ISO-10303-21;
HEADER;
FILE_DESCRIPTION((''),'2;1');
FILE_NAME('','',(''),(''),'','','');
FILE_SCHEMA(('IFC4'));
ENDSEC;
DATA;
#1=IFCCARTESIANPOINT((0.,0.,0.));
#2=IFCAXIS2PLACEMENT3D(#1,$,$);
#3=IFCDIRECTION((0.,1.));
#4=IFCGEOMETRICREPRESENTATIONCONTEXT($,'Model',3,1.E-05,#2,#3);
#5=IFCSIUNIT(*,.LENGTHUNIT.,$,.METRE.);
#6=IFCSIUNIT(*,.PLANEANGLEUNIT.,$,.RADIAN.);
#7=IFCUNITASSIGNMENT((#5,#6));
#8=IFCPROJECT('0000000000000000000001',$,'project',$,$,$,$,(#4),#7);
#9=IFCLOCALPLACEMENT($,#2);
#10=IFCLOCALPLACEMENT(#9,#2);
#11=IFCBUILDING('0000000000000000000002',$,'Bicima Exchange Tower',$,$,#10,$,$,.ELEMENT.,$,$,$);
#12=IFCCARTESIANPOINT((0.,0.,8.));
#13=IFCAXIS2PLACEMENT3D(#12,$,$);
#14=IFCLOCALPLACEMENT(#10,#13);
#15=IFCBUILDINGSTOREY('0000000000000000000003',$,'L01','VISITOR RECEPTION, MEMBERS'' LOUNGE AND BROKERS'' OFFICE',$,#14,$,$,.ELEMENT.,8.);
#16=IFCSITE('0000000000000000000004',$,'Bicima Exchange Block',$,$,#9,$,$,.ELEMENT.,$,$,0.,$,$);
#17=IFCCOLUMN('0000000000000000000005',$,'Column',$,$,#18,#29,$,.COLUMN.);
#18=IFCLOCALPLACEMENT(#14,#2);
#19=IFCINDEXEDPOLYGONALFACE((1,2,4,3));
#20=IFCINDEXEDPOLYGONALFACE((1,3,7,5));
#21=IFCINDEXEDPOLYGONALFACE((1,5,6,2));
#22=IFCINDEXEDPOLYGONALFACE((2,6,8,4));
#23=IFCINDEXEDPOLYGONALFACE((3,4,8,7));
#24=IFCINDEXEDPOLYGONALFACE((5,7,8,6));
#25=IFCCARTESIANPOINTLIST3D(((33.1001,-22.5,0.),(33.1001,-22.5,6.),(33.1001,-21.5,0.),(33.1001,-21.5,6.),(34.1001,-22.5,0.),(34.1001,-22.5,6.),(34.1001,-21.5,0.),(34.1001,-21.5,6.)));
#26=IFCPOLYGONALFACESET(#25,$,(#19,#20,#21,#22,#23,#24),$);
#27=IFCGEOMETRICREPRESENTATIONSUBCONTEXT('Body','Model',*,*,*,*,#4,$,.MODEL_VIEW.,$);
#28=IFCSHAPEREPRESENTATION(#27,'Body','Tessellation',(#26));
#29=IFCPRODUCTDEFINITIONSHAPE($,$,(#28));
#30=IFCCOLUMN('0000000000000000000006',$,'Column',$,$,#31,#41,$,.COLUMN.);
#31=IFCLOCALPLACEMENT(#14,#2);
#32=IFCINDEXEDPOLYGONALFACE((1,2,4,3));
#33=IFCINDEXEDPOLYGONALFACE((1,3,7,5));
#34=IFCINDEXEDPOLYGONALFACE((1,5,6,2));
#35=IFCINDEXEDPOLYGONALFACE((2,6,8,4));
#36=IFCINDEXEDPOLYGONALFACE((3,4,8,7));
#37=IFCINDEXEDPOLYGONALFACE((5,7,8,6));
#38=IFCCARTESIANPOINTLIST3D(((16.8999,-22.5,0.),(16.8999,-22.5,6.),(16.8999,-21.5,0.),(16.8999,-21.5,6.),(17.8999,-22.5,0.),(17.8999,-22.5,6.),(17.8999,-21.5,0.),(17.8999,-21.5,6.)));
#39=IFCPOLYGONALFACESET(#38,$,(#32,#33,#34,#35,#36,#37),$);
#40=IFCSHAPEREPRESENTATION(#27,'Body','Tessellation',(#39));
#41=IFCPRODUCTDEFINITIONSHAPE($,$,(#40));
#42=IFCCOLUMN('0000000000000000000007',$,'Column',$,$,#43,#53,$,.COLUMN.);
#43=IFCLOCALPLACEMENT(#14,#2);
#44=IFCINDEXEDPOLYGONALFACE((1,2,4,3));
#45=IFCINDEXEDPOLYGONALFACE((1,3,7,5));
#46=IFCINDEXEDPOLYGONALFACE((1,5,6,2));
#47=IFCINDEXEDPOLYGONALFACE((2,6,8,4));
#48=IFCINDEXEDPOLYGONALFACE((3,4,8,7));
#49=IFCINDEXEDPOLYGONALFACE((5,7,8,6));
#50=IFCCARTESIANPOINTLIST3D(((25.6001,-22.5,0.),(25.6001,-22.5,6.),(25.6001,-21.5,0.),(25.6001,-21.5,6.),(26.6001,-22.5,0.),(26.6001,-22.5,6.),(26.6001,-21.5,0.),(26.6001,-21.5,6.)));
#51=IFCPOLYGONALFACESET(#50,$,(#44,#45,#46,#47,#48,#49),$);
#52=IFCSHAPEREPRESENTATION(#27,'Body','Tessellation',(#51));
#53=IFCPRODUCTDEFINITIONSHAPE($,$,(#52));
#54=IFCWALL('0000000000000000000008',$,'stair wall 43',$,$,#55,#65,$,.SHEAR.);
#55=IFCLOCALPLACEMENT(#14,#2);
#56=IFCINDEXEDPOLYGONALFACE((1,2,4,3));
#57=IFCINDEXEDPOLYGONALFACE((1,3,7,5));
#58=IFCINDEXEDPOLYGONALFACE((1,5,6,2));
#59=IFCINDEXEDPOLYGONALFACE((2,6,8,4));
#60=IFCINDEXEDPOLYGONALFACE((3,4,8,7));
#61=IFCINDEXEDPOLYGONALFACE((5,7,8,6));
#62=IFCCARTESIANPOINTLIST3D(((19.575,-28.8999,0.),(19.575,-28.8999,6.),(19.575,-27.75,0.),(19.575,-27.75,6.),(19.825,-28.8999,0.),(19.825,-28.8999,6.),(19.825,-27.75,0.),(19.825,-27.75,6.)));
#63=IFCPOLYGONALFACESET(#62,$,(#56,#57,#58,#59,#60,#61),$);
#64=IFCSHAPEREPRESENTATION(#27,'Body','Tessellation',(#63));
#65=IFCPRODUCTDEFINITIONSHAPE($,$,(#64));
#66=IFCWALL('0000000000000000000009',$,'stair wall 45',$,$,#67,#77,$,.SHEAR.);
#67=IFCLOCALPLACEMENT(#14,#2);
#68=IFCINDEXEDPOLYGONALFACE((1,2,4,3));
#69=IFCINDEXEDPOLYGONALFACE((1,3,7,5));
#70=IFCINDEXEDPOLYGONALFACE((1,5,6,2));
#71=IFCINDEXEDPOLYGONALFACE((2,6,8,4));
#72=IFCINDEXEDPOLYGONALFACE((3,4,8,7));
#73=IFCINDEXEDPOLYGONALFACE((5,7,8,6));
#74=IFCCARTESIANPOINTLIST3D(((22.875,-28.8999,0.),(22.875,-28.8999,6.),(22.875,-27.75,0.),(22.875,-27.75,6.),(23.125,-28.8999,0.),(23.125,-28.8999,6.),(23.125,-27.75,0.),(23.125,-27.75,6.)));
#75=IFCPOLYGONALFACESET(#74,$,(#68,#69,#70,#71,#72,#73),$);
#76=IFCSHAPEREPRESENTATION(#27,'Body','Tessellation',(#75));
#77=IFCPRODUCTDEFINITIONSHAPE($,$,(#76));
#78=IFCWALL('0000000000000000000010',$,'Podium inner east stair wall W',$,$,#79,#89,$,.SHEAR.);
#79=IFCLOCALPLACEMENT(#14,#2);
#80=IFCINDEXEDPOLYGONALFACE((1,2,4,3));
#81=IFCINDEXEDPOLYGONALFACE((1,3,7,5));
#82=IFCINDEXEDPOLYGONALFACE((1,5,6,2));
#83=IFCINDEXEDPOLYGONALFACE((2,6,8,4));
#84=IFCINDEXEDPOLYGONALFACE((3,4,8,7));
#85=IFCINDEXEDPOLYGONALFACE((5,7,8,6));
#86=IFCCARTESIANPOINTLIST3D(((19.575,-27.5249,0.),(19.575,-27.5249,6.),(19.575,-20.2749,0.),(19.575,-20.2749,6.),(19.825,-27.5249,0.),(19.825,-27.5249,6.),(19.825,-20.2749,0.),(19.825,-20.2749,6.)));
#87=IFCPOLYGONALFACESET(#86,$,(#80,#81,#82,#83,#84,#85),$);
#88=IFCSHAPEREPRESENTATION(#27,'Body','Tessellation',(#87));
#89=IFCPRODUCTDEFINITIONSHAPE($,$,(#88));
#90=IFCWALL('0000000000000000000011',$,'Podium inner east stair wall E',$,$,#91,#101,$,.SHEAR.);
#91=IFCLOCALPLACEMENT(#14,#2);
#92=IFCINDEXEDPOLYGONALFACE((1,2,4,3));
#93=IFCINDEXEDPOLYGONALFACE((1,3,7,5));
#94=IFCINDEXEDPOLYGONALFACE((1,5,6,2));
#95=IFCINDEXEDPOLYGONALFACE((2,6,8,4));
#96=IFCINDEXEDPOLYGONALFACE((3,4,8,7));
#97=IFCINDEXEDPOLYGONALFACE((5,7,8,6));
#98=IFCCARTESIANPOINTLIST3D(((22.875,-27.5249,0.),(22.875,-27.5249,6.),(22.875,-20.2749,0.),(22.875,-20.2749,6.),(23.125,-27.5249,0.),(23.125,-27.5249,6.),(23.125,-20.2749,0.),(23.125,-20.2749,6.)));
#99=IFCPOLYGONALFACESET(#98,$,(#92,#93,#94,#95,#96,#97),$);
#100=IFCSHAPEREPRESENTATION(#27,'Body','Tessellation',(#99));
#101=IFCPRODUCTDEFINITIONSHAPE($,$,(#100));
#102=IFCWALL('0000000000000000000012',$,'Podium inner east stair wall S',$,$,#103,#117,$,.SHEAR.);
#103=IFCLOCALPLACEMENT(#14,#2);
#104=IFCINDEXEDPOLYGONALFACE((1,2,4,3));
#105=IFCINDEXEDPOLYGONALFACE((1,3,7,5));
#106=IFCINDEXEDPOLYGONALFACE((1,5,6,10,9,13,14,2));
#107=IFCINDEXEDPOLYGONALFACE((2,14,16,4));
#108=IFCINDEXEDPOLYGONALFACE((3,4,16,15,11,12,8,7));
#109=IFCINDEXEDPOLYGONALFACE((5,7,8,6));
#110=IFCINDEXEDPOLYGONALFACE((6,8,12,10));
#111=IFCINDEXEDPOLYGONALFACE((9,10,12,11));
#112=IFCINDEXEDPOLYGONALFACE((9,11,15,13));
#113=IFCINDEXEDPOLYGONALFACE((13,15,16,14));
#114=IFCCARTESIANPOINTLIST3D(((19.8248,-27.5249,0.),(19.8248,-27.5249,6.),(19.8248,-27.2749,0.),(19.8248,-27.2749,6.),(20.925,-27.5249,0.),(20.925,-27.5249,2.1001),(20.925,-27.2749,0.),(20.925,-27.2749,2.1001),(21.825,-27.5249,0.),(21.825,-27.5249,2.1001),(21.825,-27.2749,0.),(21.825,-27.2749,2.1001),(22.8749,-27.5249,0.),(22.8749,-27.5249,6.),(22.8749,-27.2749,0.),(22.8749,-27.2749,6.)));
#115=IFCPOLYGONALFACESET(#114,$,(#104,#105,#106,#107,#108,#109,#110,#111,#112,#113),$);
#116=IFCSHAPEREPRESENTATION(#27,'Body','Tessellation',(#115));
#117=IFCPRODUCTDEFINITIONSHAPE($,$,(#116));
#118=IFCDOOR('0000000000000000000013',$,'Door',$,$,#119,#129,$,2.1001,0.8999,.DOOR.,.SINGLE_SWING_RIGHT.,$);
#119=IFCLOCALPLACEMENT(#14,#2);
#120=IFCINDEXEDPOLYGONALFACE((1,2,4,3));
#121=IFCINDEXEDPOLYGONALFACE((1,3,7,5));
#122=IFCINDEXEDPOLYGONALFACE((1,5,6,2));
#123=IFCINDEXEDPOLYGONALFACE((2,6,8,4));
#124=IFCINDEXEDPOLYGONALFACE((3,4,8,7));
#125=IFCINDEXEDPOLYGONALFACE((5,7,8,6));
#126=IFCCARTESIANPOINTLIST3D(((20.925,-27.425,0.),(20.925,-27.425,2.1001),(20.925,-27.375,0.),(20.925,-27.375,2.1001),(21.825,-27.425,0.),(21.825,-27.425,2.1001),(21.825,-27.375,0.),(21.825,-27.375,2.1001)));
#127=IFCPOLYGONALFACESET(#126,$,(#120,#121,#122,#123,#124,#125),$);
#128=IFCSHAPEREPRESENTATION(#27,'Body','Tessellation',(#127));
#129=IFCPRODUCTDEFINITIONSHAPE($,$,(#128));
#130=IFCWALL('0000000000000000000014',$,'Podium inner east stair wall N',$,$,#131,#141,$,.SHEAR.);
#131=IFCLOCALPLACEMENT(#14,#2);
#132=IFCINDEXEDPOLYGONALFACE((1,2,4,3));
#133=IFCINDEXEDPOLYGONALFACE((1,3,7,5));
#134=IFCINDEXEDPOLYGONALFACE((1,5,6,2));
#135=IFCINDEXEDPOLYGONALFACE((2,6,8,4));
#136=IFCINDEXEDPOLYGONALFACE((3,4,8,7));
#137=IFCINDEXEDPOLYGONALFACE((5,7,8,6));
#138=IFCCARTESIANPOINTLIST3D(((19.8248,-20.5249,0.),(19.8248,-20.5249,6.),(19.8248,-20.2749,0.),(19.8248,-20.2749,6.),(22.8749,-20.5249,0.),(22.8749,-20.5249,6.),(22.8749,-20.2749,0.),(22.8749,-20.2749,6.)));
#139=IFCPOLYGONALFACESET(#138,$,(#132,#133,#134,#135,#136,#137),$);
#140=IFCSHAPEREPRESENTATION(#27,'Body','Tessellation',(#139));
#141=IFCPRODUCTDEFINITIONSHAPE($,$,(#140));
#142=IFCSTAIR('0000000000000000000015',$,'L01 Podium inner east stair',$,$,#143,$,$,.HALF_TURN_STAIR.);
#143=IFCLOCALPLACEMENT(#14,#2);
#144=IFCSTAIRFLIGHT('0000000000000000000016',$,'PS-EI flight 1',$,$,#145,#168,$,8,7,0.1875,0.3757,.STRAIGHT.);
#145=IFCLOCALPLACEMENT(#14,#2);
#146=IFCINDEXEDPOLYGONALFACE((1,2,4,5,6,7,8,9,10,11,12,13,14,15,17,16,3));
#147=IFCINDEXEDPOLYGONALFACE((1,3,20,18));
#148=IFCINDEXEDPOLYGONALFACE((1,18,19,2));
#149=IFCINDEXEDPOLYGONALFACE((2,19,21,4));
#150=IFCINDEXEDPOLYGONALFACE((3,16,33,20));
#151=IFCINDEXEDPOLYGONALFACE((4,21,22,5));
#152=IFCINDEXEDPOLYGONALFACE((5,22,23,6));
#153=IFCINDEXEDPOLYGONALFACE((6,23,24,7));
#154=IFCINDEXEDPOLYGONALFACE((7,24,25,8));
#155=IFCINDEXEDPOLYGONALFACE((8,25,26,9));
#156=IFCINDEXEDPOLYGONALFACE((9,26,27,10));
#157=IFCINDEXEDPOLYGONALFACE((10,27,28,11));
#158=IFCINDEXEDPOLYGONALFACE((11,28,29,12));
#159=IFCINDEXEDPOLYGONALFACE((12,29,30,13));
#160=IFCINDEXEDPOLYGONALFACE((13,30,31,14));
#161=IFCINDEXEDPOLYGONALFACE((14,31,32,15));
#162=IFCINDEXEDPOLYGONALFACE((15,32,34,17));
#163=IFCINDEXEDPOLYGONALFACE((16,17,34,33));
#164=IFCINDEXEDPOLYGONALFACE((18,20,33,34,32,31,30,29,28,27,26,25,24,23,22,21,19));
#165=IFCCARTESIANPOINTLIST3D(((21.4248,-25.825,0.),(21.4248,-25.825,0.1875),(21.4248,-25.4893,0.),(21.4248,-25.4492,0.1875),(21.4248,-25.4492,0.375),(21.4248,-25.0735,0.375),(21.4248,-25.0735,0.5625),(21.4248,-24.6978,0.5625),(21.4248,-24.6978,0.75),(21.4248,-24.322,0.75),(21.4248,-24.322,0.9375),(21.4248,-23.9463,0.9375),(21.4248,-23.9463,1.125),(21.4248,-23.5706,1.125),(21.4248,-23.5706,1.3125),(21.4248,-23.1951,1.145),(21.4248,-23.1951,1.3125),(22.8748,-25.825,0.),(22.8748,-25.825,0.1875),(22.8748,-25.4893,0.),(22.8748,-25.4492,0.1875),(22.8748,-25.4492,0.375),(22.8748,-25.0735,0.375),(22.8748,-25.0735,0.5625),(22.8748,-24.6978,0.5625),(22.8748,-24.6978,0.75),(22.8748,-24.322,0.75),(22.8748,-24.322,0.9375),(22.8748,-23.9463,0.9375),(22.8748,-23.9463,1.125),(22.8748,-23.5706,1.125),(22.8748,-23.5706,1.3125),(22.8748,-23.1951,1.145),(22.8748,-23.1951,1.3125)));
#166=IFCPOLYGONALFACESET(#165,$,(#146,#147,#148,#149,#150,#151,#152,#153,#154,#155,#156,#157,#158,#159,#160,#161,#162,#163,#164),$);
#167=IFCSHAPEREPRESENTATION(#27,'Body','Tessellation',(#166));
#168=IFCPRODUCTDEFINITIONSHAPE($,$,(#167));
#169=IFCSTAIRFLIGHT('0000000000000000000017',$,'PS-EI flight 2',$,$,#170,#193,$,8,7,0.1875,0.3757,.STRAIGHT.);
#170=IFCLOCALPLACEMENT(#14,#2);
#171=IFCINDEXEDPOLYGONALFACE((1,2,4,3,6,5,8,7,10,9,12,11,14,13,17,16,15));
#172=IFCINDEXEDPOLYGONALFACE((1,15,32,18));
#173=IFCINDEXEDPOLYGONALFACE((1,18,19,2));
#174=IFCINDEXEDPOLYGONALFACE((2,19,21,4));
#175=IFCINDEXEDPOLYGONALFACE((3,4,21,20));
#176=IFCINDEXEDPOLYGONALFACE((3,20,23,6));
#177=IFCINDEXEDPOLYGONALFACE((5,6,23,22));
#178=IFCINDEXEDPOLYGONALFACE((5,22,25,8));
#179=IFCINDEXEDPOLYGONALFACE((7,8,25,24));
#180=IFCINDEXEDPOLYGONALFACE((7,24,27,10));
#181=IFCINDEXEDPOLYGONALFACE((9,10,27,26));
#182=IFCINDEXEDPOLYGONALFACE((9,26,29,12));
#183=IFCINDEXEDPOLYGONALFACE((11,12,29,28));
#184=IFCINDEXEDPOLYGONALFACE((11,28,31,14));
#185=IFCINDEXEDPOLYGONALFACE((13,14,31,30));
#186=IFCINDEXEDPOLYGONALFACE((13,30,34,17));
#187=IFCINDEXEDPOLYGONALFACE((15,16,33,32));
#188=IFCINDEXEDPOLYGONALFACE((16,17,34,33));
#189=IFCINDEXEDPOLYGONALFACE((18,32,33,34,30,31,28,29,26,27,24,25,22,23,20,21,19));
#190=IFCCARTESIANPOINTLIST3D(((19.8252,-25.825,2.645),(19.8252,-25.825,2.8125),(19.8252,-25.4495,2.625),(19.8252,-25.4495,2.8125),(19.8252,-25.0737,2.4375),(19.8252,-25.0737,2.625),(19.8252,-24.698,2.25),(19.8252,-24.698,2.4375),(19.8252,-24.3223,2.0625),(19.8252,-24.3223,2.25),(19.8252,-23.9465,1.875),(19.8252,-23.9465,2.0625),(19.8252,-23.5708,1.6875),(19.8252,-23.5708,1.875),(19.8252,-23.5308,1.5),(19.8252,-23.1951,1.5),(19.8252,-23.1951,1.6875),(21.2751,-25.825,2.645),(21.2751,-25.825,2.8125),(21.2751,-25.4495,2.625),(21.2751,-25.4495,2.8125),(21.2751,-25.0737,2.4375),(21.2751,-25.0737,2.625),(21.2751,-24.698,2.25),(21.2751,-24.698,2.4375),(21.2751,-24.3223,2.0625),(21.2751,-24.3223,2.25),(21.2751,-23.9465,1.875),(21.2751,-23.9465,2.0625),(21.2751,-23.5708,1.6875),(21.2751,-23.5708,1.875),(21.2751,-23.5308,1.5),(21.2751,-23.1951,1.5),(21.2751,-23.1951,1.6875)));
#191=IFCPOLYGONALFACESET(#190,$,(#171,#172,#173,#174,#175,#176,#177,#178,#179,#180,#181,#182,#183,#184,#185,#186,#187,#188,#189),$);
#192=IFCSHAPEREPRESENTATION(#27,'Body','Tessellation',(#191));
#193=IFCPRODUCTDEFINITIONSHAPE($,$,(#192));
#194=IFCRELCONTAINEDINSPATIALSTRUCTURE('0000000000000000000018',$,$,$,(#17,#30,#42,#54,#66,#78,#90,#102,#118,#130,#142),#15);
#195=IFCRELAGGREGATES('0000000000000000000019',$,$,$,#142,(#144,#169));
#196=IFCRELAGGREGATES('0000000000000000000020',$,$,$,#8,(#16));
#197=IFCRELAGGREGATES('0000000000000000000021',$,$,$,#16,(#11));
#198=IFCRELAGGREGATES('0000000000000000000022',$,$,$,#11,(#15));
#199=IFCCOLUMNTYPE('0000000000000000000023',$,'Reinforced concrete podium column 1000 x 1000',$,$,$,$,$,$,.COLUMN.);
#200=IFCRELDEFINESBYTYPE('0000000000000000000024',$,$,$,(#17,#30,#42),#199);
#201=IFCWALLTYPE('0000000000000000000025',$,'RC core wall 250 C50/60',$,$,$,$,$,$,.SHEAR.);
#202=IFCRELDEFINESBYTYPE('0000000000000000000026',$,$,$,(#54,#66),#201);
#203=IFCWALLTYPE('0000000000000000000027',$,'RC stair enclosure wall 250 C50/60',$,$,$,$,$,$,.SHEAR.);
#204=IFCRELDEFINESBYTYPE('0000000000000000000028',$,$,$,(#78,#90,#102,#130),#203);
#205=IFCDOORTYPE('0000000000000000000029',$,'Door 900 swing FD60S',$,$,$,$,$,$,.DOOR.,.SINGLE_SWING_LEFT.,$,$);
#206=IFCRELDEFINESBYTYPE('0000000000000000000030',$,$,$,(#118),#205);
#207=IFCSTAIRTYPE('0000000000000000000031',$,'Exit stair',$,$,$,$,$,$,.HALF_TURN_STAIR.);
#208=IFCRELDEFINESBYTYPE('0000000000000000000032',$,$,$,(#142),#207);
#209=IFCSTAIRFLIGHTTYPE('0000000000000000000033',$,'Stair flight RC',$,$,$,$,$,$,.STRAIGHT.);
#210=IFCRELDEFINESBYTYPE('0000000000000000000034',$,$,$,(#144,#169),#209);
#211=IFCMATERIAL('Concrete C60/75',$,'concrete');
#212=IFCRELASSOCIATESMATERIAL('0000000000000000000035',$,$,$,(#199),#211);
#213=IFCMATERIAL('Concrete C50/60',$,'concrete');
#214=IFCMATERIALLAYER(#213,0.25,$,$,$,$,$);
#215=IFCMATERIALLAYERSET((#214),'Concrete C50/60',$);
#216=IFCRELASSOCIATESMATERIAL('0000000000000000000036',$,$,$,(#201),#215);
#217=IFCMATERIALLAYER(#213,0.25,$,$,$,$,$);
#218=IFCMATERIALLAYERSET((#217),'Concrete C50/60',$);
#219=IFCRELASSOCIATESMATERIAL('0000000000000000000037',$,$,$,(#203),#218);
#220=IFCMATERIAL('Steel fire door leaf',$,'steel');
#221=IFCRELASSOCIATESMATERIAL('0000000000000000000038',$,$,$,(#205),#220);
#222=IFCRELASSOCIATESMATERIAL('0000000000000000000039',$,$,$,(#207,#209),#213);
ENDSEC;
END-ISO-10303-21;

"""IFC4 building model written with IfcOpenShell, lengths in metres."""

from ifc_helpers import new_model, si_unit, direction, frame, frame_2d, origin, origin_2d, place, context, subcontext, project, spatial, polyline, rectangle, outline, extrude, material, layer, layer_set, material_profile, profile_set, type_object, element, fill, aggregate, save


model = new_model("IFC4")

# Units and contexts
model_context = context("Model", 3, precision=1e-05, world=origin(), true_north=direction((0.0, 1.0)))
body_context = subcontext(model_context, "Body", "Model", "MODEL_VIEW")
ifc_project = project(units=[si_unit("LENGTHUNIT", "METRE"), si_unit("PLANEANGLEUNIT", "RADIAN")], contexts=[model_context])

# Site, building, storey
site_placement = place(None, origin())
site = spatial("IfcSite", under=ifc_project, at=site_placement, Name="Bicima Exchange Block", CompositionType="ELEMENT", RefElevation=0.0)
building_placement = place(site_placement, origin())
building = spatial("IfcBuilding", under=site, at=building_placement, Name="Bicima Exchange Tower", CompositionType="ELEMENT")
storey_placement = place(building_placement, frame((0.0, 0.0, 8.0)))
storey = spatial("IfcBuildingStorey", under=building, at=storey_placement, Name="L01", Description="VISITOR RECEPTION, MEMBERS' LOUNGE AND BROKERS' OFFICE", CompositionType="ELEMENT", Elevation=8.0)

# Columns
ifc_material_1 = material(Name="Concrete C60/75", Category="concrete")
ifc_material_profile = material_profile(ifc_material_1, rectangle(XDim=1.0, YDim=1.0, at=origin_2d()))
ifc_profile_set = profile_set([ifc_material_profile], Name="Concrete C60/75")
column_type = type_object("IfcColumnType", Name="Reinforced concrete podium column 1000 x 1000", PredefinedType="COLUMN", material=ifc_profile_set)
for number, where, z_axis, x_axis, name in (
    (1, (33.6001, -22.0, 0.0), (0.0, 0.0, 1.0), (1.0, 0.0, 0.0), "Column"),
    (2, (17.3999, -22.0, 0.0), (0.0, 0.0, 1.0), (1.0, 0.0, 0.0), "Column"),
    (3, (26.1001, -22.0, 0.0), (0.0, 0.0, 1.0), (1.0, 0.0, 0.0), "Column"),
):
    element("IfcColumn", number, at=place(storey_placement, frame(where, z_axis=z_axis, x_axis=x_axis)), inside=storey, type_object=column_type, Name=name, PredefinedType="COLUMN", context=body_context, shape_type="SweptSolid", body=[
        extrude(rectangle(XDim=1.0, YDim=1.0, at=origin_2d()), origin(), (0.0, 0.0, 1.0), 6.0),
    ])

# Walls
ifc_material_2 = material(Name="Concrete C50/60", Category="concrete")
ifc_layer_1 = layer(ifc_material_2, 0.25)
ifc_layer_set_1 = layer_set([ifc_layer_1], Name="Concrete C50/60")
wall_type_1 = type_object("IfcWallType", Name="RC core wall 250 C50/60", PredefinedType="SHEAR", material=ifc_layer_set_1)
for number, where, z_axis, x_axis, name in (
    (4, (19.7, -28.8999, 0.0), (0.0, 0.0, 1.0), (0.0, 1.0, 0.0), "stair wall 43"),
    (5, (23.0, -28.8999, 0.0), (0.0, 0.0, 1.0), (0.0, 1.0, 0.0), "stair wall 45"),
):
    element("IfcWall", number, at=place(storey_placement, frame(where, z_axis=z_axis, x_axis=x_axis)), inside=storey, type_object=wall_type_1, Name=name, PredefinedType="SHEAR", context=body_context, shape_type="SweptSolid", body=[
        extrude(rectangle(XDim=1.1499, YDim=0.25, at=frame_2d((0.575, 0.0))), origin(), (0.0, 0.0, 1.0), 6.0),
    ])
ifc_layer_2 = layer(ifc_material_2, 0.25)
ifc_layer_set_2 = layer_set([ifc_layer_2], Name="Concrete C50/60")
wall_type_2 = type_object("IfcWallType", Name="RC stair enclosure wall 250 C50/60", PredefinedType="SHEAR", material=ifc_layer_set_2)
for number, where, z_axis, x_axis, name in (
    (6, (19.7, -27.5249, 0.0), (0.0, 0.0, 1.0), (0.0, 1.0, 0.0), "Podium inner east stair wall W"),
    (7, (23.0, -27.5249, 0.0), (0.0, 0.0, 1.0), (0.0, 1.0, 0.0), "Podium inner east stair wall E"),
):
    element("IfcWall", number, at=place(storey_placement, frame(where, z_axis=z_axis, x_axis=x_axis)), inside=storey, type_object=wall_type_2, Name=name, PredefinedType="SHEAR", context=body_context, shape_type="SweptSolid", body=[
        extrude(rectangle(XDim=7.25, YDim=0.25, at=frame_2d((3.625, 0.0))), origin(), (0.0, 0.0, 1.0), 6.0),
    ])

# Wall, opening, door
wall_1_placement = place(storey_placement, frame((19.825, -27.3999, 0.0), z_axis=(0.0, 0.0, 1.0), x_axis=(1.0, 0.0, 0.0)))
wall_1 = element("IfcWall", 8, at=wall_1_placement, inside=storey, type_object=wall_type_2, Name="Podium inner east stair wall S", PredefinedType="SHEAR", context=body_context, shape_type="SweptSolid", body=[
    extrude(rectangle(XDim=3.05, YDim=0.25, at=frame_2d((1.5249, 0.0))), origin(), (0.0, 0.0, 1.0), 6.0),
])
opening_placement = place(wall_1_placement, frame((1.1001, 0.0, 0.0)))
opening = element("IfcOpeningElement", 9, at=opening_placement, cuts=wall_1, PredefinedType="OPENING", context=body_context, shape_type="SweptSolid", body=[
    extrude(rectangle(XDim=0.8999, YDim=2.1001, at=frame_2d((0.45, 1.05))), frame((0.0, 0.137, 0.0), z_axis=(0.0, -1.0, 0.0), x_axis=(1.0, 0.0, 0.0)), (0.0, 0.0, 1.0), 0.2739),
])
ifc_material_3 = material(Name="Steel fire door leaf", Category="steel")
door_type = type_object("IfcDoorType", Name="Door 900 swing FD60S", OperationType="SINGLE_SWING_LEFT", PredefinedType="DOOR", material=ifc_material_3)
door_placement = place(opening_placement, origin())
door = element("IfcDoor", 10, at=door_placement, inside=storey, type_object=door_type, Name="Door", OperationType="SINGLE_SWING_RIGHT", OverallHeight=2.1001, OverallWidth=0.8999, PredefinedType="DOOR", context=body_context, shape_type="SweptSolid", body=[
    extrude(rectangle(XDim=0.8999, YDim=2.1001, at=frame_2d((0.45, 1.05))), frame((0.0, 0.0249, 0.0), z_axis=(0.0, -1.0, 0.0), x_axis=(1.0, 0.0, 0.0)), (0.0, 0.0, 1.0), 0.05),
])
fill(opening, door)

# Wall
wall_2_placement = place(storey_placement, frame((19.825, -20.3999, 0.0), z_axis=(0.0, 0.0, 1.0), x_axis=(1.0, 0.0, 0.0)))
element("IfcWall", 11, at=wall_2_placement, inside=storey, type_object=wall_type_2, Name="Podium inner east stair wall N", PredefinedType="SHEAR", context=body_context, shape_type="SweptSolid", body=[
    extrude(rectangle(XDim=3.05, YDim=0.25, at=frame_2d((1.5249, 0.0))), origin(), (0.0, 0.0, 1.0), 6.0),
])

# Stair, stair flights
stair_type = type_object("IfcStairType", Name="Exit stair", PredefinedType="HALF_TURN_STAIR", material=ifc_material_2)
stair_placement = place(storey_placement, origin())
stair = element("IfcStair", 12, at=stair_placement, inside=storey, type_object=stair_type, Name="L01 Podium inner east stair", PredefinedType="HALF_TURN_STAIR")
stair_flight_type = type_object("IfcStairFlightType", Name="Stair flight RC", PredefinedType="STRAIGHT", material=ifc_material_2)
stair_flight_1_placement = place(storey_placement, frame((22.1499, -25.825, 0.0), z_axis=(0.0, 0.0, 1.0), x_axis=(0.0, 1.0, 0.0)))
stair_flight_1 = element("IfcStairFlight", 13, at=stair_flight_1_placement, type_object=stair_flight_type, Name="PS-EI flight 1", NumberOfRisers=8, NumberOfTreads=7, PredefinedType="STRAIGHT", RiserHeight=0.1875, TreadLength=0.3757, context=body_context, shape_type="SweptSolid", body=[
    extrude(outline(polyline([(0.0, 0.0), (0.0, 0.1875), (0.3757, 0.1875), (0.3757, 0.375), (0.7515, 0.375), (0.7515, 0.5625), (1.1272, 0.5625), (1.1272, 0.75), (1.5029, 0.75), (1.5029, 0.9375), (1.8787, 0.9375), (1.8787, 1.125), (2.2544, 1.125), (2.2544, 1.3125), (2.6299, 1.3125), (2.6299, 1.5), (2.6299, 1.145), (0.3357, 0.0), (0.0, 0.0)])), frame((0.0, 0.7251, 0.0), z_axis=(0.0, -1.0, 0.0), x_axis=(1.0, 0.0, 0.0)), (0.0, 0.0, 1.0), 1.45),
])
stair_flight_2_placement = place(storey_placement, frame((20.55, -23.1951, 1.5), z_axis=(0.0, 0.0, 1.0), x_axis=(0.0, -1.0, 0.0)))
stair_flight_2 = element("IfcStairFlight", 14, at=stair_flight_2_placement, type_object=stair_flight_type, Name="PS-EI flight 2", NumberOfRisers=8, NumberOfTreads=7, PredefinedType="STRAIGHT", RiserHeight=0.1875, TreadLength=0.3757, context=body_context, shape_type="SweptSolid", body=[
    extrude(outline(polyline([(0.0, 0.0), (0.0, 0.1875), (0.3757, 0.1875), (0.3757, 0.375), (0.7515, 0.375), (0.7515, 0.5625), (1.1272, 0.5625), (1.1272, 0.75), (1.5029, 0.75), (1.5029, 0.9375), (1.8787, 0.9375), (1.8787, 1.125), (2.2544, 1.125), (2.2544, 1.3125), (2.6299, 1.3125), (2.6299, 1.5), (2.6299, 1.145), (0.3357, 0.0), (0.0, 0.0)])), frame((0.0, 0.7251, 0.0), z_axis=(0.0, -1.0, 0.0), x_axis=(1.0, 0.0, 0.0)), (0.0, 0.0, 1.0), 1.45),
])
aggregate(stair, [stair_flight_1, stair_flight_2])

save(model, "model.ifc")
